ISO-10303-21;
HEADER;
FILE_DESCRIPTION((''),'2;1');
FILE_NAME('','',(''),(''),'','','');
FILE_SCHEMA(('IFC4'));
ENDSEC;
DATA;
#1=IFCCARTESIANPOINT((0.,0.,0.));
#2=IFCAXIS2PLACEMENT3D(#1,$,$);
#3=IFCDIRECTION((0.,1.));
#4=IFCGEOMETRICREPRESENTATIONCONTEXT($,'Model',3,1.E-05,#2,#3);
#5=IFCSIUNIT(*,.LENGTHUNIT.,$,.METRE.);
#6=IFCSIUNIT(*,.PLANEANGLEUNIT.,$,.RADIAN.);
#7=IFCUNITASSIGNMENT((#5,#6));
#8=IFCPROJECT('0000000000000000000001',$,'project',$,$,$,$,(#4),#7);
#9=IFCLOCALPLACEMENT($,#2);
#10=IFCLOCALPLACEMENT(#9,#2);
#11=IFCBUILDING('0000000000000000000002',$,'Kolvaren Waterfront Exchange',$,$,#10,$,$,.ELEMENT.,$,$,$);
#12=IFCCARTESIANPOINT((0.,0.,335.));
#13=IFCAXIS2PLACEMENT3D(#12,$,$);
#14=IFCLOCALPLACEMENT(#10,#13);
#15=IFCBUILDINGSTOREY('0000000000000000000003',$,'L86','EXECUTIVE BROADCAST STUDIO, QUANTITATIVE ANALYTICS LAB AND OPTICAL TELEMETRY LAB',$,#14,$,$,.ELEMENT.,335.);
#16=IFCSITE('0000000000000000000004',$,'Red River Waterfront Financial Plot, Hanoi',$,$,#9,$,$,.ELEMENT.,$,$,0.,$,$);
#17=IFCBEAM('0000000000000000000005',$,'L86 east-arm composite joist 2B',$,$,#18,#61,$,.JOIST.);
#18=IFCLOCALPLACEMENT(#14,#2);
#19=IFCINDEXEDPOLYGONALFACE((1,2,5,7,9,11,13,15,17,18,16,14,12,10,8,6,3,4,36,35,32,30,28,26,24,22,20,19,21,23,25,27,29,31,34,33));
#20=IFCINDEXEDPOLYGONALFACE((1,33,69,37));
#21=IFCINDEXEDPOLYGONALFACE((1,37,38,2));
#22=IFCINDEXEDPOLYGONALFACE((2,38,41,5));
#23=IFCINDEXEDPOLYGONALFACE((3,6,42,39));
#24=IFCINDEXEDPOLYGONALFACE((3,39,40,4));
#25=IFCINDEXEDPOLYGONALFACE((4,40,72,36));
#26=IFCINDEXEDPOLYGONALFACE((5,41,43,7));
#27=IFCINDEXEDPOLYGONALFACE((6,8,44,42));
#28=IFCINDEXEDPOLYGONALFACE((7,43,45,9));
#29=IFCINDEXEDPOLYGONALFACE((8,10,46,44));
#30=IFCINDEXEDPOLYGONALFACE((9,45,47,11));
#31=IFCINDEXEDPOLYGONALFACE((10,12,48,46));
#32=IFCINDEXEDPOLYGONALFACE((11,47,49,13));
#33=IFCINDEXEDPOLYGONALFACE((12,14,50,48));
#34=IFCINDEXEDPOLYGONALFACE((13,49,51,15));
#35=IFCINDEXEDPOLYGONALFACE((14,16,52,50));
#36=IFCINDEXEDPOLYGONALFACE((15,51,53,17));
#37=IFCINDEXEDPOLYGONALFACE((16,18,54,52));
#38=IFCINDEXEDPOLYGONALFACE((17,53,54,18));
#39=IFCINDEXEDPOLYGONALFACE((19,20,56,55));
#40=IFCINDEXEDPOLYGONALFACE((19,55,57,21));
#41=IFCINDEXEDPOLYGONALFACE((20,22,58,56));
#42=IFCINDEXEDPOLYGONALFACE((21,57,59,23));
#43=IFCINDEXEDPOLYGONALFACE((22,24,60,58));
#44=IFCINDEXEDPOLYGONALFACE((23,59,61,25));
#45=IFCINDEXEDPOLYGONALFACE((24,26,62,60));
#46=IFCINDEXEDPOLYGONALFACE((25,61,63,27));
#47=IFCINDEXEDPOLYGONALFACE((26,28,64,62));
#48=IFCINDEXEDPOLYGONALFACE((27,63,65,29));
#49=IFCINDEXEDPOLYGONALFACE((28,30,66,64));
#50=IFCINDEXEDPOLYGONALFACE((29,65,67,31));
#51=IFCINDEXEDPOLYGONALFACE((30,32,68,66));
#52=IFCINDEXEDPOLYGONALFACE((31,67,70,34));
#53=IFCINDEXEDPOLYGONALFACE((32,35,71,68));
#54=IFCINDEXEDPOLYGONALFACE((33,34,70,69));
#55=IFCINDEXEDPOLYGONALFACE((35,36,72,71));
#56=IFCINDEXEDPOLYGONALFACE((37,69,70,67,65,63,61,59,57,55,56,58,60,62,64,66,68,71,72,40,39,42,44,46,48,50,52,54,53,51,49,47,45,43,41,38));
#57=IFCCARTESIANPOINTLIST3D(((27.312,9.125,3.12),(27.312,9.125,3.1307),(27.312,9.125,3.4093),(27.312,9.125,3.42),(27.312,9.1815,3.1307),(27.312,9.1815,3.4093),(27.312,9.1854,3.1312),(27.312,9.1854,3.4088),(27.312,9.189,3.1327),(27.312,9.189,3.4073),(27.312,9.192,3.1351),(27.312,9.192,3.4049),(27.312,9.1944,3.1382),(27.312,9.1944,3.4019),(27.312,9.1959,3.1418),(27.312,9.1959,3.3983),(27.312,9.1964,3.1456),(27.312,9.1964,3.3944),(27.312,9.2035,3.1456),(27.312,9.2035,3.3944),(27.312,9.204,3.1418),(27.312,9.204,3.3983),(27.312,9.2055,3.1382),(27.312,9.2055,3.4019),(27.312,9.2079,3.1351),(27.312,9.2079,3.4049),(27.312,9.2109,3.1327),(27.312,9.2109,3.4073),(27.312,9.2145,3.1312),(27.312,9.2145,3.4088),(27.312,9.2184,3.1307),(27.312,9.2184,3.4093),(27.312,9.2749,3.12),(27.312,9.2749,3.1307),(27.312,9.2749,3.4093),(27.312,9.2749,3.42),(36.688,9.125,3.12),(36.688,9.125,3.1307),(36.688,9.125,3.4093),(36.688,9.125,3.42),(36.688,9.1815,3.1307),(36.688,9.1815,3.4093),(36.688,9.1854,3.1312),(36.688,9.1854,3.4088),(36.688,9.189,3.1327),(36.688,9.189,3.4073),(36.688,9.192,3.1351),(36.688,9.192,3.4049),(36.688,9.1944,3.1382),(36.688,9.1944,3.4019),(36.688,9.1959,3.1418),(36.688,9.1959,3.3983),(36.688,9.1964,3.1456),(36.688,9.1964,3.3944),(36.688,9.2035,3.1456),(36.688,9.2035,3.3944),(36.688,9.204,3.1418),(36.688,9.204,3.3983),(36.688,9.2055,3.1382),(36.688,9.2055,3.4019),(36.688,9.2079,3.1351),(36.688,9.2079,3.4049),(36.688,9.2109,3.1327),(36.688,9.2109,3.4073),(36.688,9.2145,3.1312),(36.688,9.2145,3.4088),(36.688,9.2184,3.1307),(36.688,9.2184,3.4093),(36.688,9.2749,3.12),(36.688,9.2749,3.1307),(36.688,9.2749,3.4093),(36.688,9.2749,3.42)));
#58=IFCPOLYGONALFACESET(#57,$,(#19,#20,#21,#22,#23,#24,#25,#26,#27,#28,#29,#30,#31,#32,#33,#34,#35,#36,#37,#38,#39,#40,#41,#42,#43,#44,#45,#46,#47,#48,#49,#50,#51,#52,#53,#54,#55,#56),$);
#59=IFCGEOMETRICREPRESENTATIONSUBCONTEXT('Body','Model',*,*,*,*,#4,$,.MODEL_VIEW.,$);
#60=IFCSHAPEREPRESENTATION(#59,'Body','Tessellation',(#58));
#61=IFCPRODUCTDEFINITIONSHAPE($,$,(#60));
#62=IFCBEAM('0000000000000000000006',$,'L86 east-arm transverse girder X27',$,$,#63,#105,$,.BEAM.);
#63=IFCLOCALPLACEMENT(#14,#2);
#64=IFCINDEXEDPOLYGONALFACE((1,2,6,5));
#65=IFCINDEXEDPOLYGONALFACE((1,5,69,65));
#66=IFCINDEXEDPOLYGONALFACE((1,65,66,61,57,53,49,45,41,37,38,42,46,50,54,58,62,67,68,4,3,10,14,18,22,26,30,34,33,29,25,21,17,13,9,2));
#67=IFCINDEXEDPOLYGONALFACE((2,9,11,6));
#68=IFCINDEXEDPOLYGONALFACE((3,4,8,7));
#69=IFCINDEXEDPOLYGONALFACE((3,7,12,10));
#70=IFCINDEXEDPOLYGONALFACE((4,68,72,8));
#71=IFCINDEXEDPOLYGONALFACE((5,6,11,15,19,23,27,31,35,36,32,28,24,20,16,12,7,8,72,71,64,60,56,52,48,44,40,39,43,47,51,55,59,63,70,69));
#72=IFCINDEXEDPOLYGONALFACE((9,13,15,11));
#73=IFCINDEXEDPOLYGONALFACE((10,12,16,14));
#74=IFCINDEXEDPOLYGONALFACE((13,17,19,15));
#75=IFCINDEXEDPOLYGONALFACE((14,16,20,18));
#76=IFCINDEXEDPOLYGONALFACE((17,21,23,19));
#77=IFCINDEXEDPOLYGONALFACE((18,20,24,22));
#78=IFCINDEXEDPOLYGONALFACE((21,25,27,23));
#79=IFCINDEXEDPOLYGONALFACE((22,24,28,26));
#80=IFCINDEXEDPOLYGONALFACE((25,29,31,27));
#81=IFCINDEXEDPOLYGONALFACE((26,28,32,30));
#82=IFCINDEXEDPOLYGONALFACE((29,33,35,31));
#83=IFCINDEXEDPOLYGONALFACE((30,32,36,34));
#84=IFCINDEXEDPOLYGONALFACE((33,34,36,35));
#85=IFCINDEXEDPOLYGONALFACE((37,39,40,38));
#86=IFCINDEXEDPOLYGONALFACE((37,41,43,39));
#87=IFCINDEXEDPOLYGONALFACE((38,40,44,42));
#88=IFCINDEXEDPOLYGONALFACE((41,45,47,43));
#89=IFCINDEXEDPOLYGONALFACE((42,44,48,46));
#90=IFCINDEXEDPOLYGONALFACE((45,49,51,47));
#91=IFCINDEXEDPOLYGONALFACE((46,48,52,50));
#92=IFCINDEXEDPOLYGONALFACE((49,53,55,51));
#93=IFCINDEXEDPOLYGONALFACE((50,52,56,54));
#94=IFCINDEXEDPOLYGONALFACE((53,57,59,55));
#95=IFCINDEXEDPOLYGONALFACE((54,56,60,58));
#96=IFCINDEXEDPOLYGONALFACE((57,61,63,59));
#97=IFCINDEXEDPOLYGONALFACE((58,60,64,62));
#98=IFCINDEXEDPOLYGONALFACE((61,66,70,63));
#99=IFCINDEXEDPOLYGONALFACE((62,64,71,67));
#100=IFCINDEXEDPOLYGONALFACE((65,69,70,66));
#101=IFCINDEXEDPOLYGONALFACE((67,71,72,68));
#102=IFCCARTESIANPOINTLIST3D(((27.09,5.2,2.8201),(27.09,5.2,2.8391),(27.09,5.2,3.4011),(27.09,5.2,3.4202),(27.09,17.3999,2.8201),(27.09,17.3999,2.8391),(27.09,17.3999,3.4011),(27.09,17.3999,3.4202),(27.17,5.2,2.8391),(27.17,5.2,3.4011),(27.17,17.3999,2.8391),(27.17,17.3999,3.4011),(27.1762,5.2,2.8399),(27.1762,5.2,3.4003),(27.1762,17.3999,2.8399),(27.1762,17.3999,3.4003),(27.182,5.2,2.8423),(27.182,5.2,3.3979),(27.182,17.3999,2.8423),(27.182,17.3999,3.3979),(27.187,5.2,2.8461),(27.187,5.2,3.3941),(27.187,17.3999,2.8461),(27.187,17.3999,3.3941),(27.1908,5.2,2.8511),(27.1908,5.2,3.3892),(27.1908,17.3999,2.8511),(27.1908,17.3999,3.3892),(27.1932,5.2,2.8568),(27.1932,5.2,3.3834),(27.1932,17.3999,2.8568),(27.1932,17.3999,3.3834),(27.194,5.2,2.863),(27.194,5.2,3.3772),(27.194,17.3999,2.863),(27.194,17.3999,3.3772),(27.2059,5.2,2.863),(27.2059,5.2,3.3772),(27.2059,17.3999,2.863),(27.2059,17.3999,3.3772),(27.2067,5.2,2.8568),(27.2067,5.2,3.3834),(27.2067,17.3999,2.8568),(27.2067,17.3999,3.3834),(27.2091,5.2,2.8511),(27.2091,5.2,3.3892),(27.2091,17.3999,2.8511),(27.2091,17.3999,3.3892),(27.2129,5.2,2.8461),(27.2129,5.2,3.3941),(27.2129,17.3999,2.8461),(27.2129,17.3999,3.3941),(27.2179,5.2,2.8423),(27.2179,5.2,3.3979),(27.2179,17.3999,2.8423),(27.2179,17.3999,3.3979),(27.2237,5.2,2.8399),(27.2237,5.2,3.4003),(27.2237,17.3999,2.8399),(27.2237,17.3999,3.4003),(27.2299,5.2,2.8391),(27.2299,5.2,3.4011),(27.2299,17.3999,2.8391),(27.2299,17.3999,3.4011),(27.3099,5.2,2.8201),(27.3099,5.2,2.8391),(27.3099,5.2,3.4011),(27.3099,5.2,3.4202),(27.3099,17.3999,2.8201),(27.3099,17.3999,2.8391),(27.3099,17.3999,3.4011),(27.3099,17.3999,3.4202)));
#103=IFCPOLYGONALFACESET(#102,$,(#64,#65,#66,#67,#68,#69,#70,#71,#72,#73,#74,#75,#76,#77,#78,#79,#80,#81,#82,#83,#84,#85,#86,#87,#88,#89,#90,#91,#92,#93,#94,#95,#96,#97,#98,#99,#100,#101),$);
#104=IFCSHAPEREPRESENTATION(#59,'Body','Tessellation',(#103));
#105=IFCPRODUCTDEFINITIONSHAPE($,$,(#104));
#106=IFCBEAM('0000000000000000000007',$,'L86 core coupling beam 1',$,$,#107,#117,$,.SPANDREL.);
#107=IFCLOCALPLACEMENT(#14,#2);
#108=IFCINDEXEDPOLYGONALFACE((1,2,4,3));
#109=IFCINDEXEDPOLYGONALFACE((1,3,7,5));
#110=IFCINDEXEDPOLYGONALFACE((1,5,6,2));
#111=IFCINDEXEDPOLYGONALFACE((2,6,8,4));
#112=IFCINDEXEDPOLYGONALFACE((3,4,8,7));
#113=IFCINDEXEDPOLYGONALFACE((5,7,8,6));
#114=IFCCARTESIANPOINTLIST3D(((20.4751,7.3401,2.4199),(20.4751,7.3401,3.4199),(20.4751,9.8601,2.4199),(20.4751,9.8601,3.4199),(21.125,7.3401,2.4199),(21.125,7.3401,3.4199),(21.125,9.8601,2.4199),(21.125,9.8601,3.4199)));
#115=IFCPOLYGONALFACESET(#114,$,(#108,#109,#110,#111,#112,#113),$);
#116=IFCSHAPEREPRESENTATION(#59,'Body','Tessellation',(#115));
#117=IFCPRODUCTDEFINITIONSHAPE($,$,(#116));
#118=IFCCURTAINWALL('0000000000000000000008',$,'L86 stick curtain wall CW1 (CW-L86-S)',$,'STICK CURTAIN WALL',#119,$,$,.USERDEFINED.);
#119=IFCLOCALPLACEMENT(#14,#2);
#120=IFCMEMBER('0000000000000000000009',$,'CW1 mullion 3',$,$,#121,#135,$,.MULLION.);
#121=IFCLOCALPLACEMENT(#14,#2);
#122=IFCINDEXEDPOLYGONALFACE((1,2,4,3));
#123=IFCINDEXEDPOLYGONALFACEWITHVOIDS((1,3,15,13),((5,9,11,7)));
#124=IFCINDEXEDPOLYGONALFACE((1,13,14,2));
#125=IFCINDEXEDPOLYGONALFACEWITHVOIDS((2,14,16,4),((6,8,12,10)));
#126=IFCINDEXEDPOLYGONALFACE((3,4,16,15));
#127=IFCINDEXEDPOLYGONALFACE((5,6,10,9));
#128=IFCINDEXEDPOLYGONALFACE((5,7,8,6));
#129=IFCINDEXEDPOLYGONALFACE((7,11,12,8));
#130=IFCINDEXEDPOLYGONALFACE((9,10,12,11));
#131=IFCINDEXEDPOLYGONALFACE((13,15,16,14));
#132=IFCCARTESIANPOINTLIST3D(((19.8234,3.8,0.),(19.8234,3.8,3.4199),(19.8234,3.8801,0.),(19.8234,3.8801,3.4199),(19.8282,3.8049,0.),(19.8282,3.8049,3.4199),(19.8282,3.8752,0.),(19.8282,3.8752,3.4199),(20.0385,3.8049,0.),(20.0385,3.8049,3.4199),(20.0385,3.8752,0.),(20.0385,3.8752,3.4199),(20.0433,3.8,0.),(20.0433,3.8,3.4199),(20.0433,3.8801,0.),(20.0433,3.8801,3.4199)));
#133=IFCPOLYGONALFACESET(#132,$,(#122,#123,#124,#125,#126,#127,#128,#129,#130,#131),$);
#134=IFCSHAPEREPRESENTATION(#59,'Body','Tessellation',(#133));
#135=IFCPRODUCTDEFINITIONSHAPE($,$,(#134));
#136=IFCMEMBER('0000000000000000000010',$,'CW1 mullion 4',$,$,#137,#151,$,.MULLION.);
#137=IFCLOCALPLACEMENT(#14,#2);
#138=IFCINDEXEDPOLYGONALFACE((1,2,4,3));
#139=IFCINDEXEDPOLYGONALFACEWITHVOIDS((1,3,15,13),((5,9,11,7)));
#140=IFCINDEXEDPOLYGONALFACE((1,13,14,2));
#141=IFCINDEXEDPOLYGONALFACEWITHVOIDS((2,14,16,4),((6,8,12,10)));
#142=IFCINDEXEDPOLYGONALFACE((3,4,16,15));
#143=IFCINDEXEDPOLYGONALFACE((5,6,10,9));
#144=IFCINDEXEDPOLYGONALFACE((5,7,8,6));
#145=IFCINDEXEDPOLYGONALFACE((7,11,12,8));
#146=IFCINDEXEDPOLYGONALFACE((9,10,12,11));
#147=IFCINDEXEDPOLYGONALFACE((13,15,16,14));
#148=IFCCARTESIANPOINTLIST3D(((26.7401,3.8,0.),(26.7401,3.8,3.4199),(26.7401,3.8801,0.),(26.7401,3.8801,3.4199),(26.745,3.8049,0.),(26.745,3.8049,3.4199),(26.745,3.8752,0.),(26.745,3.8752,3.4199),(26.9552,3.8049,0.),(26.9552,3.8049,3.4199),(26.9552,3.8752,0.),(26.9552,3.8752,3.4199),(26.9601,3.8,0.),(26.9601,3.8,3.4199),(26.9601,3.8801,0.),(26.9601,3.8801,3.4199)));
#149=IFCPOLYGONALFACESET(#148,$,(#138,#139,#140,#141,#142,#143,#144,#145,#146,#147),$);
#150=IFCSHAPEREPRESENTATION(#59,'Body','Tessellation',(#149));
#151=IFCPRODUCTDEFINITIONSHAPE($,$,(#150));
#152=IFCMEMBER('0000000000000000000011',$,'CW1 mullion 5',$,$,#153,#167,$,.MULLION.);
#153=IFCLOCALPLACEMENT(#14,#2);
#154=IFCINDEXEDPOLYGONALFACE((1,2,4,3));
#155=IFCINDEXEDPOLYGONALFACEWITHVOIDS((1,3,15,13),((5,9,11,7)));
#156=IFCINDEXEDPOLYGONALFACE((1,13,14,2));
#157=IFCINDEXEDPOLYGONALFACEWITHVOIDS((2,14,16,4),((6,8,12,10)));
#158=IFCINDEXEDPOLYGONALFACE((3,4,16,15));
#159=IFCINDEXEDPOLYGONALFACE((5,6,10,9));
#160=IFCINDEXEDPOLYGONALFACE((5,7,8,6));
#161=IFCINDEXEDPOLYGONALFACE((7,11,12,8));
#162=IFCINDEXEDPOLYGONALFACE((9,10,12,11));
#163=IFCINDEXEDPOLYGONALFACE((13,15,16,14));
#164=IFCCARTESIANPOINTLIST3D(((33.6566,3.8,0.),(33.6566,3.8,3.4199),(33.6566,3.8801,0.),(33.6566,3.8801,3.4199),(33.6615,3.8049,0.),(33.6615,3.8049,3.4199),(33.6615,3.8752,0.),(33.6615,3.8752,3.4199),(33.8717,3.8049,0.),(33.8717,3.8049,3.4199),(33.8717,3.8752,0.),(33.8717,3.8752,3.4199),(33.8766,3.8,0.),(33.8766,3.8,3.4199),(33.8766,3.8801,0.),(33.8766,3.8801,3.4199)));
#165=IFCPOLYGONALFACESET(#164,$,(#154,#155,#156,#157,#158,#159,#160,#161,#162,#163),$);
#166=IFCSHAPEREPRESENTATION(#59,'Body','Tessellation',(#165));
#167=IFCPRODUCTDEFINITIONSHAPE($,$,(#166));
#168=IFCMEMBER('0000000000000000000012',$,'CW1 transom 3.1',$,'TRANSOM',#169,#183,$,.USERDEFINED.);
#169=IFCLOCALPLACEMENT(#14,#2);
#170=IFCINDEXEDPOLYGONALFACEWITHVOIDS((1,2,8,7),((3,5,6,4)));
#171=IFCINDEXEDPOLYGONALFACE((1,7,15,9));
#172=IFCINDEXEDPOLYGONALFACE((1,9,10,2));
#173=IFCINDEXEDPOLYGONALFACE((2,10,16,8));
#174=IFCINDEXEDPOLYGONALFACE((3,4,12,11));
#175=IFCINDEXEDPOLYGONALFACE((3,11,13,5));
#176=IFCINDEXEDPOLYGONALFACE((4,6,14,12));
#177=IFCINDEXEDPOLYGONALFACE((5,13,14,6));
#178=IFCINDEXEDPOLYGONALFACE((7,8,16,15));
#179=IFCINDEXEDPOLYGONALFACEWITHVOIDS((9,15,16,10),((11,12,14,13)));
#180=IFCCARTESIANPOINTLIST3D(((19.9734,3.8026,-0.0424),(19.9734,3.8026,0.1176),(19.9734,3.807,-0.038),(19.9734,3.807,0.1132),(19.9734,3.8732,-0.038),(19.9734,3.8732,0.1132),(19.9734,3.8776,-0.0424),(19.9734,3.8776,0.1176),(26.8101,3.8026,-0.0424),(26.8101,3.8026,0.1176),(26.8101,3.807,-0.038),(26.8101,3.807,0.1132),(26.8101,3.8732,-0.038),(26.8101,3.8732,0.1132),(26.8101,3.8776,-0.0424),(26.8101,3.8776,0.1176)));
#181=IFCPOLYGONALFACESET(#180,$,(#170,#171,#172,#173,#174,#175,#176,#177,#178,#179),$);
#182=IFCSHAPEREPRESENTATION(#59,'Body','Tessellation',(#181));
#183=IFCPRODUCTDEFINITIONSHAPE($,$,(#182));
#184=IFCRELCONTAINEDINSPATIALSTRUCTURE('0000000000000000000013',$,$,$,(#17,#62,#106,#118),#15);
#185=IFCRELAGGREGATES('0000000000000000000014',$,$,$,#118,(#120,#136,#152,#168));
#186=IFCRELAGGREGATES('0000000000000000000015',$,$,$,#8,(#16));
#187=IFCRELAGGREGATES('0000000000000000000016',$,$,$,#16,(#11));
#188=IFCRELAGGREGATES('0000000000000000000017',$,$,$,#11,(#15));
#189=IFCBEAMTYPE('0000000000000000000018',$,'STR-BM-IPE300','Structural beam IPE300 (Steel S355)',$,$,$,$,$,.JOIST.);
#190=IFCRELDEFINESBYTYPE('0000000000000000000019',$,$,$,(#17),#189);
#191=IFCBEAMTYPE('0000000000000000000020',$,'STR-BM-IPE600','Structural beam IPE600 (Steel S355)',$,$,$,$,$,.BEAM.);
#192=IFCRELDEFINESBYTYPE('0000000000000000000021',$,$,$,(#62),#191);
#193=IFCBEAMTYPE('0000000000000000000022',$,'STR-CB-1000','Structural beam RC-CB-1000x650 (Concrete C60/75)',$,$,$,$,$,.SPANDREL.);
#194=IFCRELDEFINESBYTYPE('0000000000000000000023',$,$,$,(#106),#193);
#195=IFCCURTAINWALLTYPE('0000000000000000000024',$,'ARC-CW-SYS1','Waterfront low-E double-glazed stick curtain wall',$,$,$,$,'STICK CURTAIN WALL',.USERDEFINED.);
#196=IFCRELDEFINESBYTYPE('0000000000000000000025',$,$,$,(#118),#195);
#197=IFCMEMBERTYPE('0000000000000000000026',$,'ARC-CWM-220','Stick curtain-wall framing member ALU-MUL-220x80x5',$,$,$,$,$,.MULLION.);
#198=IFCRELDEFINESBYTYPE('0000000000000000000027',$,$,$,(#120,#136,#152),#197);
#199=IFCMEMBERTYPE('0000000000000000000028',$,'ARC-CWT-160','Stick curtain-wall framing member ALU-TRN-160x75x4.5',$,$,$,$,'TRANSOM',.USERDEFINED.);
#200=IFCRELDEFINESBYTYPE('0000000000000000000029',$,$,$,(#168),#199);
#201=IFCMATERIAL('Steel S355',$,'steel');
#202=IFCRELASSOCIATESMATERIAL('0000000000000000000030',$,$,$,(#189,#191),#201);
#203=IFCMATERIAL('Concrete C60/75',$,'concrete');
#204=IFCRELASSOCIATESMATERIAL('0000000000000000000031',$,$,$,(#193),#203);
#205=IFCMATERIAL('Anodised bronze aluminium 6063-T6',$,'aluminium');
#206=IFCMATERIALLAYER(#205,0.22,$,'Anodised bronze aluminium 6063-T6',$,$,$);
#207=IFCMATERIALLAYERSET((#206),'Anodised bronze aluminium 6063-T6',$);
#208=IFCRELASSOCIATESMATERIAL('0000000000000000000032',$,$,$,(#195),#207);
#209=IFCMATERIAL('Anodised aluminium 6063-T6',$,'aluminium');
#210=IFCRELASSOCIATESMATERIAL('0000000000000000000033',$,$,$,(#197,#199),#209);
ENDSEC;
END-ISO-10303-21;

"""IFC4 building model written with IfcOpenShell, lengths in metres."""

from ifc_helpers import new_model, si_unit, direction, frame, origin, origin_with_axes, origin_2d, place, context, subcontext, project, spatial, rectangle, hollow_rectangle, i_section, extrude, source, transform, mapped, material, layer, layer_set, material_profile, profile_set, type_object, element, aggregate, save


model = new_model("IFC4")

# Units and contexts
model_context = context("Model", 3, precision=1e-05, world=origin(), true_north=direction((0.0, 1.0)))
body_context = subcontext(model_context, "Body", "Model", "MODEL_VIEW")
ifc_project = project(units=[si_unit("LENGTHUNIT", "METRE"), si_unit("PLANEANGLEUNIT", "RADIAN")], contexts=[model_context])

# Site, building, storey
site_placement = place(None, origin())
site = spatial("IfcSite", under=ifc_project, at=site_placement, Name="Red River Waterfront Financial Plot, Hanoi", CompositionType="ELEMENT", RefElevation=0.0)
building_placement = place(site_placement, origin())
building = spatial("IfcBuilding", under=site, at=building_placement, Name="Kolvaren Waterfront Exchange", CompositionType="ELEMENT")
storey_placement = place(building_placement, frame((0.0, 0.0, 335.0)))
storey = spatial("IfcBuildingStorey", under=building, at=storey_placement, Name="L86", Description="EXECUTIVE BROADCAST STUDIO, QUANTITATIVE ANALYTICS LAB AND OPTICAL TELEMETRY LAB", CompositionType="ELEMENT", Elevation=335.0)

# Beams
ifc_material_1 = material(Name="Steel S355", Category="steel")
ifc_material_profile_1 = material_profile(ifc_material_1, i_section(OverallWidth=0.1499, OverallDepth=0.3, WebThickness=0.0071, FlangeThickness=0.0107, FilletRadius=0.0149, at=origin_2d()), Name="IPE300")
ifc_profile_set_1 = profile_set([ifc_material_profile_1], Name="Steel S355")
beam_type_1 = type_object("IfcBeamType", Name="STR-BM-IPE300", Description="Structural beam IPE300 (Steel S355)", PredefinedType="JOIST", material=ifc_profile_set_1)
beam_1_placement = place(storey_placement, frame((27.312, 9.2, 3.27), z_axis=(1.0, 0.0, 0.0), x_axis=(0.0, 1.0, 0.0)))
element("IfcBeam", 1, at=beam_1_placement, inside=storey, type_object=beam_type_1, Name="L86 east-arm composite joist 2B", PredefinedType="JOIST", context=body_context, shape_type="SweptSolid", body=[
    extrude(i_section(OverallWidth=0.1499, OverallDepth=0.3, WebThickness=0.0071, FlangeThickness=0.0107, FilletRadius=0.0149, at=origin_2d()), origin(), (0.0, 0.0, 1.0), 9.376),
])
ifc_material_profile_2 = material_profile(ifc_material_1, i_section(OverallWidth=0.22, OverallDepth=0.6001, WebThickness=0.012, FlangeThickness=0.019, FilletRadius=0.0239, at=origin_2d()), Name="IPE600")
ifc_profile_set_2 = profile_set([ifc_material_profile_2], Name="Steel S355")
beam_type_2 = type_object("IfcBeamType", Name="STR-BM-IPE600", Description="Structural beam IPE600 (Steel S355)", PredefinedType="BEAM", material=ifc_profile_set_2)
beam_2_placement = place(storey_placement, frame((27.2, 5.2, 3.1201), z_axis=(0.0, 1.0, 0.0), x_axis=(-1.0, 0.0, 0.0)))
element("IfcBeam", 2, at=beam_2_placement, inside=storey, type_object=beam_type_2, Name="L86 east-arm transverse girder X27", PredefinedType="BEAM", context=body_context, shape_type="SweptSolid", body=[
    extrude(i_section(OverallWidth=0.22, OverallDepth=0.6001, WebThickness=0.012, FlangeThickness=0.019, FilletRadius=0.0239, at=origin_2d()), origin(), (0.0, 0.0, 1.0), 12.2),
])
ifc_material_2 = material(Name="Concrete C60/75", Category="concrete")
ifc_material_profile_3 = material_profile(ifc_material_2, rectangle(XDim=0.6499, YDim=1.0, at=origin_2d()), Name="RC-CB-1000x650")
ifc_profile_set_3 = profile_set([ifc_material_profile_3], Name="Concrete C60/75")
beam_type_3 = type_object("IfcBeamType", Name="STR-CB-1000", Description="Structural beam RC-CB-1000x650 (Concrete C60/75)", PredefinedType="SPANDREL", material=ifc_profile_set_3)
beam_3_placement = place(storey_placement, frame((20.8, 7.3401, 2.9199), z_axis=(0.0, 1.0, 0.0), x_axis=(-1.0, 0.0, 0.0)))
element("IfcBeam", 3, at=beam_3_placement, inside=storey, type_object=beam_type_3, Name="L86 core coupling beam 1", PredefinedType="SPANDREL", context=body_context, shape_type="SweptSolid", body=[
    extrude(rectangle(XDim=0.6499, YDim=1.0, at=origin_2d()), origin(), (0.0, 0.0, 1.0), 2.52),
])

# Curtain wall, members
ifc_material_3 = material(Name="Anodised bronze aluminium 6063-T6", Category="aluminium")
ifc_layer_1 = layer(ifc_material_3, 0.22, Name="Anodised bronze aluminium 6063-T6")
ifc_layer_set_1 = layer_set([ifc_layer_1], Name="Anodised bronze aluminium 6063-T6")
curtain_wall_type = type_object("IfcCurtainWallType", Name="ARC-CW-SYS1", Description="Waterfront low-E double-glazed stick curtain wall", ElementType="STICK CURTAIN WALL", PredefinedType="USERDEFINED", material=ifc_layer_set_1)
curtain_wall_placement = place(storey_placement, origin())
curtain_wall = element("IfcCurtainWall", 4, at=curtain_wall_placement, inside=storey, type_object=curtain_wall_type, Name="L86 stick curtain wall CW1 (CW-L86-S)", ObjectType="STICK CURTAIN WALL", PredefinedType="USERDEFINED")
ifc_material_4 = material(Name="Anodised aluminium 6063-T6", Category="aluminium")
ifc_material_profile_4 = material_profile(ifc_material_4, hollow_rectangle(XDim=0.0801, YDim=0.22, WallThickness=0.0049, at=origin_2d()), Name="ALU-MUL-220x80x5")
ifc_profile_set_4 = profile_set([ifc_material_profile_4], Name="Anodised aluminium 6063-T6")
member_type_1 = type_object("IfcMemberType", Name="ARC-CWM-220", Description="Stick curtain-wall framing member ALU-MUL-220x80x5", PredefinedType="MULLION", material=ifc_profile_set_4)
shared_shape_1 = source(origin_with_axes(), body_context, "Body", "SweptSolid", [
    extrude(hollow_rectangle(XDim=0.0801, YDim=0.22, WallThickness=0.0049, at=origin_2d()), origin(), (0.0, 0.0, 1.0), 3.4199),
])
member_1_placement = place(storey_placement, frame((19.9333, 3.8401, 0.0), z_axis=(0.0, 0.0, 1.0), x_axis=(0.0, 1.0, 0.0)))
member_1 = element("IfcMember", 5, at=member_1_placement, type_object=member_type_1, Name="CW1 mullion 3", PredefinedType="MULLION", context=body_context, shape_type="MappedRepresentation", body=[
    mapped(shared_shape_1, transform((0.0, 0.0, 0.0), x_axis=(1.0, 0.0, 0.0), y_axis=(0.0, 1.0, 0.0), z_axis=(0.0, 0.0, 1.0), scale=1.0)),
])
member_2_placement = place(storey_placement, frame((26.8501, 3.8401, 0.0), z_axis=(0.0, 0.0, 1.0), x_axis=(0.0, 1.0, 0.0)))
member_2 = element("IfcMember", 6, at=member_2_placement, type_object=member_type_1, Name="CW1 mullion 4", PredefinedType="MULLION", context=body_context, shape_type="MappedRepresentation", body=[
    mapped(shared_shape_1, transform((0.0, 0.0, 0.0), x_axis=(1.0, 0.0, 0.0), y_axis=(0.0, 1.0, 0.0), z_axis=(0.0, 0.0, 1.0), scale=1.0)),
])
member_3_placement = place(storey_placement, frame((33.7666, 3.8401, 0.0), z_axis=(0.0, 0.0, 1.0), x_axis=(0.0, 1.0, 0.0)))
member_3 = element("IfcMember", 7, at=member_3_placement, type_object=member_type_1, Name="CW1 mullion 5", PredefinedType="MULLION", context=body_context, shape_type="MappedRepresentation", body=[
    mapped(shared_shape_1, transform((0.0, 0.0, 0.0), x_axis=(1.0, 0.0, 0.0), y_axis=(0.0, 1.0, 0.0), z_axis=(0.0, 0.0, 1.0), scale=1.0)),
])
ifc_material_profile_5 = material_profile(ifc_material_4, hollow_rectangle(XDim=0.075, YDim=0.1599, WallThickness=0.0044, at=origin_2d()), Name="ALU-TRN-160x75x4.5")
ifc_profile_set_5 = profile_set([ifc_material_profile_5], Name="Anodised aluminium 6063-T6")
member_type_2 = type_object("IfcMemberType", Name="ARC-CWT-160", Description="Stick curtain-wall framing member ALU-TRN-160x75x4.5", ElementType="TRANSOM", PredefinedType="USERDEFINED", material=ifc_profile_set_5)
shared_shape_2 = source(origin_with_axes(), body_context, "Body", "SweptSolid", [
    extrude(hollow_rectangle(XDim=0.075, YDim=0.1599, WallThickness=0.0044, at=origin_2d()), origin(), (0.0, 0.0, 1.0), 6.8367),
])
member_4_placement = place(storey_placement, frame((19.9734, 3.8401, 0.0376), z_axis=(1.0, 0.0, 0.0), x_axis=(0.0, 1.0, 0.0)))
member_4 = element("IfcMember", 8, at=member_4_placement, type_object=member_type_2, Name="CW1 transom 3.1", ObjectType="TRANSOM", PredefinedType="USERDEFINED", context=body_context, shape_type="MappedRepresentation", body=[
    mapped(shared_shape_2, transform((0.0, 0.0, 0.0), x_axis=(1.0, 0.0, 0.0), y_axis=(0.0, 1.0, 0.0), z_axis=(0.0, 0.0, 1.0), scale=1.0)),
])
aggregate(curtain_wall, [member_1, member_2, member_3, member_4])

save(model, "model.ifc")
